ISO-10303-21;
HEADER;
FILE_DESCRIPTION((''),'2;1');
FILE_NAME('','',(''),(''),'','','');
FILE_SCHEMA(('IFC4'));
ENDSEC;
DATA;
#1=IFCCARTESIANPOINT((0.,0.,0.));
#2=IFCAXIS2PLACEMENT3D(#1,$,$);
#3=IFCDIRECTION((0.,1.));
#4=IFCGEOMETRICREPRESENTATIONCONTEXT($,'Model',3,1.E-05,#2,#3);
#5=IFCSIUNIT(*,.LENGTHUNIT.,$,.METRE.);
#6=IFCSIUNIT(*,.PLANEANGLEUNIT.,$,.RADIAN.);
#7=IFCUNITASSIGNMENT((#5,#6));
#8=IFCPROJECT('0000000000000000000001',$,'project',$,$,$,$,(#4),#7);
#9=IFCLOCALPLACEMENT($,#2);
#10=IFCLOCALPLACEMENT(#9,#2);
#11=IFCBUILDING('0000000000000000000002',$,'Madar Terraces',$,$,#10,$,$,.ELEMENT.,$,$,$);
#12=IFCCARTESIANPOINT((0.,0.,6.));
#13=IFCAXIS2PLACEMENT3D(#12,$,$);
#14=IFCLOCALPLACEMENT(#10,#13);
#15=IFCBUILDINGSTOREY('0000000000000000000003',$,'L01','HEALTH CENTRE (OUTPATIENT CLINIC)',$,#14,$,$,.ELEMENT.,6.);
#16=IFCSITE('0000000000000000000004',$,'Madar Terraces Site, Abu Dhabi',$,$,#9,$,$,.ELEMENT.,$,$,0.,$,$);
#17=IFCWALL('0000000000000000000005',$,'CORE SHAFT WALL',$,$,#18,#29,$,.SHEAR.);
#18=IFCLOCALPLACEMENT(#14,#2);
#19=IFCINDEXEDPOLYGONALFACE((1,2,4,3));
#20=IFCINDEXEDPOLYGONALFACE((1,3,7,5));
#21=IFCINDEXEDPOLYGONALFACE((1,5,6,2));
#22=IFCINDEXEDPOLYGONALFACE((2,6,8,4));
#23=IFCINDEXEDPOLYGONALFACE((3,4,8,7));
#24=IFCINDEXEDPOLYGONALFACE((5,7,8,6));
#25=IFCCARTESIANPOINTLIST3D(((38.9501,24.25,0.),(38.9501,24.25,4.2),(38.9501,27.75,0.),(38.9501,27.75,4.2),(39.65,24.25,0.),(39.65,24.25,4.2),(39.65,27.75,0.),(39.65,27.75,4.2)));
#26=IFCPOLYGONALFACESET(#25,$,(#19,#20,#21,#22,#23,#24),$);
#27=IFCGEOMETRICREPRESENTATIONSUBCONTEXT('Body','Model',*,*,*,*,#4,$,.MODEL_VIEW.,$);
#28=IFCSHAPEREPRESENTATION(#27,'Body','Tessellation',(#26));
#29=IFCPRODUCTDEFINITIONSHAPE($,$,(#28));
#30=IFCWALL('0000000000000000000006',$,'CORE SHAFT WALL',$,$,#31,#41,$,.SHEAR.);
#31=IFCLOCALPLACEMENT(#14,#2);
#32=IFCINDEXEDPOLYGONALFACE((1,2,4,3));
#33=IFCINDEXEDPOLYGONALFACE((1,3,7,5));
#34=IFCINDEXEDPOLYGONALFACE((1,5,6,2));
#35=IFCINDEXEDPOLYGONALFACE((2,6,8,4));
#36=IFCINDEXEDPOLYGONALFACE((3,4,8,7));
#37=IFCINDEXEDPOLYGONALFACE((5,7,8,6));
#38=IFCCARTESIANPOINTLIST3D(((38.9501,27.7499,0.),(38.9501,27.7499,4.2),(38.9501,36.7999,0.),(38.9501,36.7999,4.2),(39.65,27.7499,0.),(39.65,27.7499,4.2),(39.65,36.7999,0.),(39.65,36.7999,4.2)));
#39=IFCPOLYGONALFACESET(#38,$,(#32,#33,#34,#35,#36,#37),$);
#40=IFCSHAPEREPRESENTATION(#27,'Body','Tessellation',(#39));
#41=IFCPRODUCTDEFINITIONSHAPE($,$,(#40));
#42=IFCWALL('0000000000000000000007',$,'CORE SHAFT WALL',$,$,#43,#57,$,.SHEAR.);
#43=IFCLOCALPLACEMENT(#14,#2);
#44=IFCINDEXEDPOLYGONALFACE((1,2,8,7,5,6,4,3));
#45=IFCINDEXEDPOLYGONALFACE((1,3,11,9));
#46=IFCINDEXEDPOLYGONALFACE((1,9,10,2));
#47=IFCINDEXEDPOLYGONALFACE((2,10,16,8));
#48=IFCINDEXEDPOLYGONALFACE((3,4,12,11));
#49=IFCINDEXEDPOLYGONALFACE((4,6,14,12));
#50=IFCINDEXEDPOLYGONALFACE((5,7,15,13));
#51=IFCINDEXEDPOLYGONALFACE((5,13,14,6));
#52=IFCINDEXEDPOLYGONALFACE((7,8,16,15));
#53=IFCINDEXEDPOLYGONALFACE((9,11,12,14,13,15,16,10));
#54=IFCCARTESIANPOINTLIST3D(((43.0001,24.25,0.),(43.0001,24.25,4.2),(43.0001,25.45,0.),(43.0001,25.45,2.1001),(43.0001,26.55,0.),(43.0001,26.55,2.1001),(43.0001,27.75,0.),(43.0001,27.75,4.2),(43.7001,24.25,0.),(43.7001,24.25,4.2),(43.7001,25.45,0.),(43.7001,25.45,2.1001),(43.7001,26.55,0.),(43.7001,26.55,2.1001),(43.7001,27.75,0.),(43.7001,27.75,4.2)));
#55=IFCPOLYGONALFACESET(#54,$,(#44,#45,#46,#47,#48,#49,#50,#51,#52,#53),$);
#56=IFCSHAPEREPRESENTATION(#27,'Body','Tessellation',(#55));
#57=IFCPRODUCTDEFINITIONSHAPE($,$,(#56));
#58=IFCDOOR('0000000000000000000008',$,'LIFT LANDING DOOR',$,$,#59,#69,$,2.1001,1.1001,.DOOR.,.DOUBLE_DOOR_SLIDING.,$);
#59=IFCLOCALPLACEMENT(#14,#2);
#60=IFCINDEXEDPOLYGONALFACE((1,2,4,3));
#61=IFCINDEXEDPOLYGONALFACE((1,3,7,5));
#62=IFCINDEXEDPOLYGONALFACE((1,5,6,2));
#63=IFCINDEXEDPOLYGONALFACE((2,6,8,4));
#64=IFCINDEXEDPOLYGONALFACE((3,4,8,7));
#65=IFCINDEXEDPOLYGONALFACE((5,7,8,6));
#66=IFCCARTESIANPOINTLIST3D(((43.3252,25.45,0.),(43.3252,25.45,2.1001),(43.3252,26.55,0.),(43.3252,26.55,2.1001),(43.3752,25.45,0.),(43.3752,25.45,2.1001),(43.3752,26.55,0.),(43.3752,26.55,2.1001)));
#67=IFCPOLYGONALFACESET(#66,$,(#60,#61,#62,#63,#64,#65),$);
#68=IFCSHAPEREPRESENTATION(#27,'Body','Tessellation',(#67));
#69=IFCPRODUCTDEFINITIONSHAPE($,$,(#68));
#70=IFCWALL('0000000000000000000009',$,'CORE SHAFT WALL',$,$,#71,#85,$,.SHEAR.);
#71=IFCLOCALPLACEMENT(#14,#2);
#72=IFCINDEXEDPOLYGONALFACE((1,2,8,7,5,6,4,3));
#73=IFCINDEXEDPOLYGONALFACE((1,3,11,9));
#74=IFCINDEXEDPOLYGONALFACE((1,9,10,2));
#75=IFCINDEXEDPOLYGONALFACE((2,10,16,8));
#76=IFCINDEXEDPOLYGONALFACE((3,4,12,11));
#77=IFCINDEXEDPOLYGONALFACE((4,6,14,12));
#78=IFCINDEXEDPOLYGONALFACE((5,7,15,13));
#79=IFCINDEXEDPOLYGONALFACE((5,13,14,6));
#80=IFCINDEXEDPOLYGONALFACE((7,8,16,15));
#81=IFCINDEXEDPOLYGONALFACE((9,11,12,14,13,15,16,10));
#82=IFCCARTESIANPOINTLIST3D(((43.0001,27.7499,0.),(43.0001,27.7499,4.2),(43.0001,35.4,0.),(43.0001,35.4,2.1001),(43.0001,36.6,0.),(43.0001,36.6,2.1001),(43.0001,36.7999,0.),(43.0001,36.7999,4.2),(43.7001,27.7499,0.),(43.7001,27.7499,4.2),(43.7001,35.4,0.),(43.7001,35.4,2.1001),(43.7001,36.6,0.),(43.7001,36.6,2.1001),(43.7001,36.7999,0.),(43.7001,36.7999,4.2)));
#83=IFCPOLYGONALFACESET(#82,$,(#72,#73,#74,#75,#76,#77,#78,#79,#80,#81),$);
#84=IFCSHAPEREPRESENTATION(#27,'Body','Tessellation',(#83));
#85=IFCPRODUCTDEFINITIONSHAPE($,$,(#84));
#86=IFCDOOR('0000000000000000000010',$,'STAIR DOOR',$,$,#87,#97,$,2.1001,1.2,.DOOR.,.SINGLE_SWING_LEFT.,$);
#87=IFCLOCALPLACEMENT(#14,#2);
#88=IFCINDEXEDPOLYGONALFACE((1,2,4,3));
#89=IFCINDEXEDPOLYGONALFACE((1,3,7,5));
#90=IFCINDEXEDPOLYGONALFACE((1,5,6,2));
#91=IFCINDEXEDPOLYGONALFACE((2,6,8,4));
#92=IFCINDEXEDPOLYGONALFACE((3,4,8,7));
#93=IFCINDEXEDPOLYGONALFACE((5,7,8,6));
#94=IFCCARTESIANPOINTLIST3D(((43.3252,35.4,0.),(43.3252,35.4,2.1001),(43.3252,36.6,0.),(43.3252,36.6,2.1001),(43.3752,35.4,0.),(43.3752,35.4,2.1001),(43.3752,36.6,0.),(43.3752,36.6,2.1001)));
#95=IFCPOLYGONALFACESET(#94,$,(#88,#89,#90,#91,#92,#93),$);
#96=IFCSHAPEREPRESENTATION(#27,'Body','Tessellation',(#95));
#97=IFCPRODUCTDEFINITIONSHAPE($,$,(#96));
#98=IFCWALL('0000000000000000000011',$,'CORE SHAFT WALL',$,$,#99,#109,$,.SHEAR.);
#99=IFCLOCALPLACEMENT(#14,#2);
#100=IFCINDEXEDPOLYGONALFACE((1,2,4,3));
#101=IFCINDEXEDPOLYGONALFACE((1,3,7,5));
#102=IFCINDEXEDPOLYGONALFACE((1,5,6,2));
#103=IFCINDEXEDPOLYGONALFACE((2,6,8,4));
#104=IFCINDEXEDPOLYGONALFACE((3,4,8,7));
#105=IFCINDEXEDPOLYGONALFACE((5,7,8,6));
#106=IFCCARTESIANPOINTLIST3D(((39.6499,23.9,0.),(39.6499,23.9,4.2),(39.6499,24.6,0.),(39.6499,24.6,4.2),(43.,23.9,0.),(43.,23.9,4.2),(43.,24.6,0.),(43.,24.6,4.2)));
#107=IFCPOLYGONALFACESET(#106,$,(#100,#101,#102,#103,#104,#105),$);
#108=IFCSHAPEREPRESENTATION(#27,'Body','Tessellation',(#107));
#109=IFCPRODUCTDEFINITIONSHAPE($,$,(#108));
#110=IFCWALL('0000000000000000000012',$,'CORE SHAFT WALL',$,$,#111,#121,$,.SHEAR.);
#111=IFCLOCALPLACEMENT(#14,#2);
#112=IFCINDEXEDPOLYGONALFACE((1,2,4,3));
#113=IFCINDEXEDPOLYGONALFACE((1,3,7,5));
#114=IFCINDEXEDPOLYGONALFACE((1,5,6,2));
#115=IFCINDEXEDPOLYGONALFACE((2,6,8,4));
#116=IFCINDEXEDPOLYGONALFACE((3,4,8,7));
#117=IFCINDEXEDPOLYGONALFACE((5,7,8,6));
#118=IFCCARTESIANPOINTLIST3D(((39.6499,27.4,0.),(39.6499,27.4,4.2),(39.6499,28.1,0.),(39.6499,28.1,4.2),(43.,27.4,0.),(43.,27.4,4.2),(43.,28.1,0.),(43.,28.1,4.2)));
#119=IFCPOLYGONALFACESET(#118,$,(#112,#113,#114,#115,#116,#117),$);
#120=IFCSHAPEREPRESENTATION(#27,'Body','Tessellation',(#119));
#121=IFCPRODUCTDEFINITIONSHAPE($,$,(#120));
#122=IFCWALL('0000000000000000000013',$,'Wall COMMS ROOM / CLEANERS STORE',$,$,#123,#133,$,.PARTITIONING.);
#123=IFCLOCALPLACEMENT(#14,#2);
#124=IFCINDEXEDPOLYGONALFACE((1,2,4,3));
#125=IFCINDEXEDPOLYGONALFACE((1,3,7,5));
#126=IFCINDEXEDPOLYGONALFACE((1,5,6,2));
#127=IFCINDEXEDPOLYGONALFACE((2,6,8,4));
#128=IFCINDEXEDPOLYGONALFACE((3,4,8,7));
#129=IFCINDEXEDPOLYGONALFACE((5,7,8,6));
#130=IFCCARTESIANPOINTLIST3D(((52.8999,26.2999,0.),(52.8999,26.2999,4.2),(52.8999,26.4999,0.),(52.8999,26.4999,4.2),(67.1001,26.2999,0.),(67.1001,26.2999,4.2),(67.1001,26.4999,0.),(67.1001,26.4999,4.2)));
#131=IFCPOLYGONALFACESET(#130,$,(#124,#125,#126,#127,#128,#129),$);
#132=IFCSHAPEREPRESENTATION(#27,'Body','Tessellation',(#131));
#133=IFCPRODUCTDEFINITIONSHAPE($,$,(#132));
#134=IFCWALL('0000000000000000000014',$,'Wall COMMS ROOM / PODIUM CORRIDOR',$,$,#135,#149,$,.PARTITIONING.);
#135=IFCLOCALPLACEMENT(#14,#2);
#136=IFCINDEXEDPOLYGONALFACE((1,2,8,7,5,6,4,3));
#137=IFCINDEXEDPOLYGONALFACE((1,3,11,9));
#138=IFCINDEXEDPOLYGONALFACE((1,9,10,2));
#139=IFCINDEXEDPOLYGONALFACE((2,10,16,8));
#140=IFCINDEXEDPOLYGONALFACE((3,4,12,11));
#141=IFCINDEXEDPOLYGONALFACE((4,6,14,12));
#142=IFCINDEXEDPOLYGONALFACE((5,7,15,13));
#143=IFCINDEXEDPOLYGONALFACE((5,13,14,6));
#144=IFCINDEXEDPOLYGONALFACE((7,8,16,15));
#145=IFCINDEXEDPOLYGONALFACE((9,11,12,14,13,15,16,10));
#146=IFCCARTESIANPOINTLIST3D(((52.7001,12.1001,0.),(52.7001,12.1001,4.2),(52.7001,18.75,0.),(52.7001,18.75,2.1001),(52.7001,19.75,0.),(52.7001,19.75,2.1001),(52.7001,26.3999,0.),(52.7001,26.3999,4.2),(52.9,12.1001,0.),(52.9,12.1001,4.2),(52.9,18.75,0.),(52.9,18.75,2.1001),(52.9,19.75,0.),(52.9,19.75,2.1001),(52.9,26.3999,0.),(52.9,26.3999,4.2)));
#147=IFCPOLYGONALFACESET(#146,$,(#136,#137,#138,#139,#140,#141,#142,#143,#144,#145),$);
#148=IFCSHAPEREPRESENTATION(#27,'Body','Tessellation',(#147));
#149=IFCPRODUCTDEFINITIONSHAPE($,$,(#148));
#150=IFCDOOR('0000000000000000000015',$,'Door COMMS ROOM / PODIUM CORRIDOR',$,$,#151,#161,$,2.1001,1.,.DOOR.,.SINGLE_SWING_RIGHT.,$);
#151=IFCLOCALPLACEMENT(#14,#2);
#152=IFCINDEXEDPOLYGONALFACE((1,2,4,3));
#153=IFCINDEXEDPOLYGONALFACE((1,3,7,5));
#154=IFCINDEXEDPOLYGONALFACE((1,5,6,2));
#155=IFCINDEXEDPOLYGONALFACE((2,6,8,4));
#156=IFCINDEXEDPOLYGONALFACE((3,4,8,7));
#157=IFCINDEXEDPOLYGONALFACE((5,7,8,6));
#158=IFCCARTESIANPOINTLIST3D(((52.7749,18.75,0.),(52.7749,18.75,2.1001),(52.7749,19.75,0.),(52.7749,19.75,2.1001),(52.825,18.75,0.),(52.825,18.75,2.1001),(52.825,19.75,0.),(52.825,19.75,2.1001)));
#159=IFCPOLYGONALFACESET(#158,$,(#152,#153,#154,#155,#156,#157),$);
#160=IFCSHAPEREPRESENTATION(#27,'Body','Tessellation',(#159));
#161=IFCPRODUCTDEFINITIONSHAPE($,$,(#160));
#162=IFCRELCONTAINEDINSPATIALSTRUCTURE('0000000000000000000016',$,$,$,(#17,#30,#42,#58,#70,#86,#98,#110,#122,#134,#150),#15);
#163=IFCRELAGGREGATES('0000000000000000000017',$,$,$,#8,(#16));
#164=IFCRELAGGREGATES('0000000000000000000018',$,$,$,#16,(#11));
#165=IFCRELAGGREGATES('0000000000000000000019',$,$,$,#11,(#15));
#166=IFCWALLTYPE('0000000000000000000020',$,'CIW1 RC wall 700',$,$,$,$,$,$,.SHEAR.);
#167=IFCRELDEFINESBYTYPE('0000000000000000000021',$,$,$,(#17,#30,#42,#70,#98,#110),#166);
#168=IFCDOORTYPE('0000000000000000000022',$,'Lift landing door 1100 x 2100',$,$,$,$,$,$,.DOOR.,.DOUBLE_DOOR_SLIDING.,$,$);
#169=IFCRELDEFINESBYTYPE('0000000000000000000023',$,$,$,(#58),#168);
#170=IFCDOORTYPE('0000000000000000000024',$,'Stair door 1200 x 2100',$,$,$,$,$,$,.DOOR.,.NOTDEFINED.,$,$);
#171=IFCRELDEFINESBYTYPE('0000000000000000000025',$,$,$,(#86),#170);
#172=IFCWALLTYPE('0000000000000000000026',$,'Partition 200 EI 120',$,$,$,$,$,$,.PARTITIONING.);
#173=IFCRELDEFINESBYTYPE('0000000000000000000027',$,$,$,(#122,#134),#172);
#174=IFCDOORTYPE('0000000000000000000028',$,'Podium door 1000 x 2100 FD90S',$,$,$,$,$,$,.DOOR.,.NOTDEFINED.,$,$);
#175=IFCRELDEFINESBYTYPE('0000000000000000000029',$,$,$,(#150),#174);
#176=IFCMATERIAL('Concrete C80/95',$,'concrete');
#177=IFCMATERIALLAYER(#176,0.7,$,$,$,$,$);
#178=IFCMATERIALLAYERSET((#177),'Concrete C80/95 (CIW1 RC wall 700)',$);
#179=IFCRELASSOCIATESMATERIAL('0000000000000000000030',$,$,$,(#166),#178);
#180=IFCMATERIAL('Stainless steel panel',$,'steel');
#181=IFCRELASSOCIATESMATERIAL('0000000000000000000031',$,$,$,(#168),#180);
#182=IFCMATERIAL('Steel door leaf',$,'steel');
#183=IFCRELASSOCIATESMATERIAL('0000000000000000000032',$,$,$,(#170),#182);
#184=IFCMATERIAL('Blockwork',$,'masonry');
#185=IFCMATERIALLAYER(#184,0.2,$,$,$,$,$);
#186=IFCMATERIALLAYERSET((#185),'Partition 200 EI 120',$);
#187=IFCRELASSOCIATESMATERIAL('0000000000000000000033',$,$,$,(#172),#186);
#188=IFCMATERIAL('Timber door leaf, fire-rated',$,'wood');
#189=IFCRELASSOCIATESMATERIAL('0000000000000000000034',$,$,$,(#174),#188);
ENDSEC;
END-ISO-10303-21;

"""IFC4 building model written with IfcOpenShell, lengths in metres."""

from ifc_helpers import new_model, si_unit, direction, frame, frame_2d, origin, place, context, subcontext, project, spatial, rectangle, extrude, material, layer, layer_set, type_object, element, fill, save


model = new_model("IFC4")

# Units and contexts
model_context = context("Model", 3, precision=1e-05, world=origin(), true_north=direction((0.0, 1.0)))
body_context = subcontext(model_context, "Body", "Model", "MODEL_VIEW")
ifc_project = project(units=[si_unit("LENGTHUNIT", "METRE"), si_unit("PLANEANGLEUNIT", "RADIAN")], contexts=[model_context])

# Site, building, storey
site_placement = place(None, origin())
site = spatial("IfcSite", under=ifc_project, at=site_placement, Name="Madar Terraces Site, Abu Dhabi", CompositionType="ELEMENT", RefElevation=0.0)
building_placement = place(site_placement, origin())
building = spatial("IfcBuilding", under=site, at=building_placement, Name="Madar Terraces", CompositionType="ELEMENT")
storey_placement = place(building_placement, frame((0.0, 0.0, 6.0)))
storey = spatial("IfcBuildingStorey", under=building, at=storey_placement, Name="L01", Description="HEALTH CENTRE (OUTPATIENT CLINIC)", CompositionType="ELEMENT", Elevation=6.0)

# Walls
ifc_material_1 = material(Name="Concrete C80/95", Category="concrete")
ifc_layer_1 = layer(ifc_material_1, 0.7)
ifc_layer_set_1 = layer_set([ifc_layer_1], Name="Concrete C80/95 (CIW1 RC wall 700)")
wall_type_1 = type_object("IfcWallType", Name="CIW1 RC wall 700", PredefinedType="SHEAR", material=ifc_layer_set_1)
wall_1_placement = place(storey_placement, frame((39.3, 24.25, 0.0), z_axis=(0.0, 0.0, 1.0), x_axis=(0.0, 1.0, 0.0)))
element("IfcWall", 1, at=wall_1_placement, inside=storey, type_object=wall_type_1, Name="CORE SHAFT WALL", PredefinedType="SHEAR", context=body_context, shape_type="SweptSolid", body=[
    extrude(rectangle(XDim=3.5, YDim=0.7, at=frame_2d((1.75, 0.0))), origin(), (0.0, 0.0, 1.0), 4.2),
])
wall_2_placement = place(storey_placement, frame((39.3, 27.75, 0.0), z_axis=(0.0, 0.0, 1.0), x_axis=(0.0, 1.0, 0.0)))
element("IfcWall", 2, at=wall_2_placement, inside=storey, type_object=wall_type_1, Name="CORE SHAFT WALL", PredefinedType="SHEAR", context=body_context, shape_type="SweptSolid", body=[
    extrude(rectangle(XDim=9.05, YDim=0.7, at=frame_2d((4.5249, 0.0))), origin(), (0.0, 0.0, 1.0), 4.2),
])

# Walls, openings, doors
wall_3_placement = place(storey_placement, frame((43.3501, 24.25, 0.0), z_axis=(0.0, 0.0, 1.0), x_axis=(0.0, 1.0, 0.0)))
wall_3 = element("IfcWall", 3, at=wall_3_placement, inside=storey, type_object=wall_type_1, Name="CORE SHAFT WALL", PredefinedType="SHEAR", context=body_context, shape_type="SweptSolid", body=[
    extrude(rectangle(XDim=3.5, YDim=0.7, at=frame_2d((1.75, 0.0))), origin(), (0.0, 0.0, 1.0), 4.2),
])
opening_1_placement = place(wall_3_placement, frame((1.2, 0.0, 0.0)))
opening_1 = element("IfcOpeningElement", 4, at=opening_1_placement, cuts=wall_3, PredefinedType="OPENING", context=body_context, shape_type="SweptSolid", body=[
    extrude(rectangle(XDim=1.1001, YDim=2.1001, at=frame_2d((0.55, 1.05))), frame((0.0, 0.3599, 0.0), z_axis=(0.0, -1.0, 0.0), x_axis=(1.0, 0.0, 0.0)), (0.0, 0.0, 1.0), 0.72),
])
ifc_material_2 = material(Name="Stainless steel panel", Category="steel")
door_type_1 = type_object("IfcDoorType", Name="Lift landing door 1100 x 2100", OperationType="DOUBLE_DOOR_SLIDING", PredefinedType="DOOR", material=ifc_material_2)
door_1_placement = place(opening_1_placement, origin())
door_1 = element("IfcDoor", 5, at=door_1_placement, inside=storey, type_object=door_type_1, Name="LIFT LANDING DOOR", OperationType="DOUBLE_DOOR_SLIDING", OverallHeight=2.1001, OverallWidth=1.1001, PredefinedType="DOOR", context=body_context, shape_type="SweptSolid", body=[
    extrude(rectangle(XDim=1.1001, YDim=2.1001, at=frame_2d((0.55, 1.05))), frame((0.0, 0.0249, 0.0), z_axis=(0.0, -1.0, 0.0), x_axis=(1.0, 0.0, 0.0)), (0.0, 0.0, 1.0), 0.05),
])
fill(opening_1, door_1)
wall_4_placement = place(storey_placement, frame((43.3501, 27.75, 0.0), z_axis=(0.0, 0.0, 1.0), x_axis=(0.0, 1.0, 0.0)))
wall_4 = element("IfcWall", 6, at=wall_4_placement, inside=storey, type_object=wall_type_1, Name="CORE SHAFT WALL", PredefinedType="SHEAR", context=body_context, shape_type="SweptSolid", body=[
    extrude(rectangle(XDim=9.05, YDim=0.7, at=frame_2d((4.5249, 0.0))), origin(), (0.0, 0.0, 1.0), 4.2),
])
opening_2_placement = place(wall_4_placement, frame((7.6499, 0.0, 0.0)))
opening_2 = element("IfcOpeningElement", 7, at=opening_2_placement, cuts=wall_4, PredefinedType="OPENING", context=body_context, shape_type="SweptSolid", body=[
    extrude(rectangle(XDim=1.2, YDim=2.1001, at=frame_2d((0.6001, 1.05))), frame((0.0, 0.3599, 0.0), z_axis=(0.0, -1.0, 0.0), x_axis=(1.0, 0.0, 0.0)), (0.0, 0.0, 1.0), 0.72),
])
ifc_material_3 = material(Name="Steel door leaf", Category="steel")
door_type_2 = type_object("IfcDoorType", Name="Stair door 1200 x 2100", OperationType="NOTDEFINED", PredefinedType="DOOR", material=ifc_material_3)
door_2_placement = place(opening_2_placement, origin())
door_2 = element("IfcDoor", 8, at=door_2_placement, inside=storey, type_object=door_type_2, Name="STAIR DOOR", OperationType="SINGLE_SWING_LEFT", OverallHeight=2.1001, OverallWidth=1.2, PredefinedType="DOOR", context=body_context, shape_type="SweptSolid", body=[
    extrude(rectangle(XDim=1.2, YDim=2.1001, at=frame_2d((0.6001, 1.05))), frame((0.0, 0.0249, 0.0), z_axis=(0.0, -1.0, 0.0), x_axis=(1.0, 0.0, 0.0)), (0.0, 0.0, 1.0), 0.05),
])
fill(opening_2, door_2)

# Walls
for number, where, z_axis, x_axis, name in (
    (9, (39.6499, 24.25, 0.0), (0.0, 0.0, 1.0), (1.0, 0.0, 0.0), "CORE SHAFT WALL"),
    (10, (39.6499, 27.75, 0.0), (0.0, 0.0, 1.0), (1.0, 0.0, 0.0), "CORE SHAFT WALL"),
):
    element("IfcWall", number, at=place(storey_placement, frame(where, z_axis=z_axis, x_axis=x_axis)), inside=storey, type_object=wall_type_1, Name=name, PredefinedType="SHEAR", context=body_context, shape_type="SweptSolid", body=[
        extrude(rectangle(XDim=3.3501, YDim=0.7, at=frame_2d((1.675, 0.0))), origin(), (0.0, 0.0, 1.0), 4.2),
    ])
ifc_material_4 = material(Name="Blockwork", Category="masonry")
ifc_layer_2 = layer(ifc_material_4, 0.2)
ifc_layer_set_2 = layer_set([ifc_layer_2], Name="Partition 200 EI 120")
wall_type_2 = type_object("IfcWallType", Name="Partition 200 EI 120", PredefinedType="PARTITIONING", material=ifc_layer_set_2)
wall_5_placement = place(storey_placement, frame((52.8999, 26.3999, 0.0), z_axis=(0.0, 0.0, 1.0), x_axis=(1.0, 0.0, 0.0)))
element("IfcWall", 11, at=wall_5_placement, inside=storey, type_object=wall_type_2, Name="Wall COMMS ROOM / CLEANERS STORE", PredefinedType="PARTITIONING", context=body_context, shape_type="SweptSolid", body=[
    extrude(rectangle(XDim=14.2002, YDim=0.2, at=frame_2d((7.1001, 0.0))), origin(), (0.0, 0.0, 1.0), 4.2),
])

# Wall, opening, door
wall_6_placement = place(storey_placement, frame((52.8, 26.3999, 0.0), z_axis=(0.0, 0.0, 1.0), x_axis=(0.0, -1.0, 0.0)))
wall_6 = element("IfcWall", 12, at=wall_6_placement, inside=storey, type_object=wall_type_2, Name="Wall COMMS ROOM / PODIUM CORRIDOR", PredefinedType="PARTITIONING", context=body_context, shape_type="SweptSolid", body=[
    extrude(rectangle(XDim=14.2998, YDim=0.2, at=frame_2d((7.1499, 0.0))), origin(), (0.0, 0.0, 1.0), 4.2),
])
opening_3_placement = place(wall_6_placement, frame((6.6499, 0.0, 0.0)))
opening_3 = element("IfcOpeningElement", 13, at=opening_3_placement, cuts=wall_6, PredefinedType="OPENING", context=body_context, shape_type="SweptSolid", body=[
    extrude(rectangle(XDim=1.0, YDim=2.1001, at=frame_2d((0.5, 1.05))), frame((0.0, 0.1099, 0.0), z_axis=(0.0, -1.0, 0.0), x_axis=(1.0, 0.0, 0.0)), (0.0, 0.0, 1.0), 0.22),
])
ifc_material_5 = material(Name="Timber door leaf, fire-rated", Category="wood")
door_type_3 = type_object("IfcDoorType", Name="Podium door 1000 x 2100 FD90S", OperationType="NOTDEFINED", PredefinedType="DOOR", material=ifc_material_5)
door_3_placement = place(opening_3_placement, origin())
door_3 = element("IfcDoor", 14, at=door_3_placement, inside=storey, type_object=door_type_3, Name="Door COMMS ROOM / PODIUM CORRIDOR", OperationType="SINGLE_SWING_RIGHT", OverallHeight=2.1001, OverallWidth=1.0, PredefinedType="DOOR", context=body_context, shape_type="SweptSolid", body=[
    extrude(rectangle(XDim=1.0, YDim=2.1001, at=frame_2d((0.5, 1.05))), frame((0.0, 0.0249, 0.0), z_axis=(0.0, -1.0, 0.0), x_axis=(1.0, 0.0, 0.0)), (0.0, 0.0, 1.0), 0.05),
])
fill(opening_3, door_3)

save(model, "model.ifc")
